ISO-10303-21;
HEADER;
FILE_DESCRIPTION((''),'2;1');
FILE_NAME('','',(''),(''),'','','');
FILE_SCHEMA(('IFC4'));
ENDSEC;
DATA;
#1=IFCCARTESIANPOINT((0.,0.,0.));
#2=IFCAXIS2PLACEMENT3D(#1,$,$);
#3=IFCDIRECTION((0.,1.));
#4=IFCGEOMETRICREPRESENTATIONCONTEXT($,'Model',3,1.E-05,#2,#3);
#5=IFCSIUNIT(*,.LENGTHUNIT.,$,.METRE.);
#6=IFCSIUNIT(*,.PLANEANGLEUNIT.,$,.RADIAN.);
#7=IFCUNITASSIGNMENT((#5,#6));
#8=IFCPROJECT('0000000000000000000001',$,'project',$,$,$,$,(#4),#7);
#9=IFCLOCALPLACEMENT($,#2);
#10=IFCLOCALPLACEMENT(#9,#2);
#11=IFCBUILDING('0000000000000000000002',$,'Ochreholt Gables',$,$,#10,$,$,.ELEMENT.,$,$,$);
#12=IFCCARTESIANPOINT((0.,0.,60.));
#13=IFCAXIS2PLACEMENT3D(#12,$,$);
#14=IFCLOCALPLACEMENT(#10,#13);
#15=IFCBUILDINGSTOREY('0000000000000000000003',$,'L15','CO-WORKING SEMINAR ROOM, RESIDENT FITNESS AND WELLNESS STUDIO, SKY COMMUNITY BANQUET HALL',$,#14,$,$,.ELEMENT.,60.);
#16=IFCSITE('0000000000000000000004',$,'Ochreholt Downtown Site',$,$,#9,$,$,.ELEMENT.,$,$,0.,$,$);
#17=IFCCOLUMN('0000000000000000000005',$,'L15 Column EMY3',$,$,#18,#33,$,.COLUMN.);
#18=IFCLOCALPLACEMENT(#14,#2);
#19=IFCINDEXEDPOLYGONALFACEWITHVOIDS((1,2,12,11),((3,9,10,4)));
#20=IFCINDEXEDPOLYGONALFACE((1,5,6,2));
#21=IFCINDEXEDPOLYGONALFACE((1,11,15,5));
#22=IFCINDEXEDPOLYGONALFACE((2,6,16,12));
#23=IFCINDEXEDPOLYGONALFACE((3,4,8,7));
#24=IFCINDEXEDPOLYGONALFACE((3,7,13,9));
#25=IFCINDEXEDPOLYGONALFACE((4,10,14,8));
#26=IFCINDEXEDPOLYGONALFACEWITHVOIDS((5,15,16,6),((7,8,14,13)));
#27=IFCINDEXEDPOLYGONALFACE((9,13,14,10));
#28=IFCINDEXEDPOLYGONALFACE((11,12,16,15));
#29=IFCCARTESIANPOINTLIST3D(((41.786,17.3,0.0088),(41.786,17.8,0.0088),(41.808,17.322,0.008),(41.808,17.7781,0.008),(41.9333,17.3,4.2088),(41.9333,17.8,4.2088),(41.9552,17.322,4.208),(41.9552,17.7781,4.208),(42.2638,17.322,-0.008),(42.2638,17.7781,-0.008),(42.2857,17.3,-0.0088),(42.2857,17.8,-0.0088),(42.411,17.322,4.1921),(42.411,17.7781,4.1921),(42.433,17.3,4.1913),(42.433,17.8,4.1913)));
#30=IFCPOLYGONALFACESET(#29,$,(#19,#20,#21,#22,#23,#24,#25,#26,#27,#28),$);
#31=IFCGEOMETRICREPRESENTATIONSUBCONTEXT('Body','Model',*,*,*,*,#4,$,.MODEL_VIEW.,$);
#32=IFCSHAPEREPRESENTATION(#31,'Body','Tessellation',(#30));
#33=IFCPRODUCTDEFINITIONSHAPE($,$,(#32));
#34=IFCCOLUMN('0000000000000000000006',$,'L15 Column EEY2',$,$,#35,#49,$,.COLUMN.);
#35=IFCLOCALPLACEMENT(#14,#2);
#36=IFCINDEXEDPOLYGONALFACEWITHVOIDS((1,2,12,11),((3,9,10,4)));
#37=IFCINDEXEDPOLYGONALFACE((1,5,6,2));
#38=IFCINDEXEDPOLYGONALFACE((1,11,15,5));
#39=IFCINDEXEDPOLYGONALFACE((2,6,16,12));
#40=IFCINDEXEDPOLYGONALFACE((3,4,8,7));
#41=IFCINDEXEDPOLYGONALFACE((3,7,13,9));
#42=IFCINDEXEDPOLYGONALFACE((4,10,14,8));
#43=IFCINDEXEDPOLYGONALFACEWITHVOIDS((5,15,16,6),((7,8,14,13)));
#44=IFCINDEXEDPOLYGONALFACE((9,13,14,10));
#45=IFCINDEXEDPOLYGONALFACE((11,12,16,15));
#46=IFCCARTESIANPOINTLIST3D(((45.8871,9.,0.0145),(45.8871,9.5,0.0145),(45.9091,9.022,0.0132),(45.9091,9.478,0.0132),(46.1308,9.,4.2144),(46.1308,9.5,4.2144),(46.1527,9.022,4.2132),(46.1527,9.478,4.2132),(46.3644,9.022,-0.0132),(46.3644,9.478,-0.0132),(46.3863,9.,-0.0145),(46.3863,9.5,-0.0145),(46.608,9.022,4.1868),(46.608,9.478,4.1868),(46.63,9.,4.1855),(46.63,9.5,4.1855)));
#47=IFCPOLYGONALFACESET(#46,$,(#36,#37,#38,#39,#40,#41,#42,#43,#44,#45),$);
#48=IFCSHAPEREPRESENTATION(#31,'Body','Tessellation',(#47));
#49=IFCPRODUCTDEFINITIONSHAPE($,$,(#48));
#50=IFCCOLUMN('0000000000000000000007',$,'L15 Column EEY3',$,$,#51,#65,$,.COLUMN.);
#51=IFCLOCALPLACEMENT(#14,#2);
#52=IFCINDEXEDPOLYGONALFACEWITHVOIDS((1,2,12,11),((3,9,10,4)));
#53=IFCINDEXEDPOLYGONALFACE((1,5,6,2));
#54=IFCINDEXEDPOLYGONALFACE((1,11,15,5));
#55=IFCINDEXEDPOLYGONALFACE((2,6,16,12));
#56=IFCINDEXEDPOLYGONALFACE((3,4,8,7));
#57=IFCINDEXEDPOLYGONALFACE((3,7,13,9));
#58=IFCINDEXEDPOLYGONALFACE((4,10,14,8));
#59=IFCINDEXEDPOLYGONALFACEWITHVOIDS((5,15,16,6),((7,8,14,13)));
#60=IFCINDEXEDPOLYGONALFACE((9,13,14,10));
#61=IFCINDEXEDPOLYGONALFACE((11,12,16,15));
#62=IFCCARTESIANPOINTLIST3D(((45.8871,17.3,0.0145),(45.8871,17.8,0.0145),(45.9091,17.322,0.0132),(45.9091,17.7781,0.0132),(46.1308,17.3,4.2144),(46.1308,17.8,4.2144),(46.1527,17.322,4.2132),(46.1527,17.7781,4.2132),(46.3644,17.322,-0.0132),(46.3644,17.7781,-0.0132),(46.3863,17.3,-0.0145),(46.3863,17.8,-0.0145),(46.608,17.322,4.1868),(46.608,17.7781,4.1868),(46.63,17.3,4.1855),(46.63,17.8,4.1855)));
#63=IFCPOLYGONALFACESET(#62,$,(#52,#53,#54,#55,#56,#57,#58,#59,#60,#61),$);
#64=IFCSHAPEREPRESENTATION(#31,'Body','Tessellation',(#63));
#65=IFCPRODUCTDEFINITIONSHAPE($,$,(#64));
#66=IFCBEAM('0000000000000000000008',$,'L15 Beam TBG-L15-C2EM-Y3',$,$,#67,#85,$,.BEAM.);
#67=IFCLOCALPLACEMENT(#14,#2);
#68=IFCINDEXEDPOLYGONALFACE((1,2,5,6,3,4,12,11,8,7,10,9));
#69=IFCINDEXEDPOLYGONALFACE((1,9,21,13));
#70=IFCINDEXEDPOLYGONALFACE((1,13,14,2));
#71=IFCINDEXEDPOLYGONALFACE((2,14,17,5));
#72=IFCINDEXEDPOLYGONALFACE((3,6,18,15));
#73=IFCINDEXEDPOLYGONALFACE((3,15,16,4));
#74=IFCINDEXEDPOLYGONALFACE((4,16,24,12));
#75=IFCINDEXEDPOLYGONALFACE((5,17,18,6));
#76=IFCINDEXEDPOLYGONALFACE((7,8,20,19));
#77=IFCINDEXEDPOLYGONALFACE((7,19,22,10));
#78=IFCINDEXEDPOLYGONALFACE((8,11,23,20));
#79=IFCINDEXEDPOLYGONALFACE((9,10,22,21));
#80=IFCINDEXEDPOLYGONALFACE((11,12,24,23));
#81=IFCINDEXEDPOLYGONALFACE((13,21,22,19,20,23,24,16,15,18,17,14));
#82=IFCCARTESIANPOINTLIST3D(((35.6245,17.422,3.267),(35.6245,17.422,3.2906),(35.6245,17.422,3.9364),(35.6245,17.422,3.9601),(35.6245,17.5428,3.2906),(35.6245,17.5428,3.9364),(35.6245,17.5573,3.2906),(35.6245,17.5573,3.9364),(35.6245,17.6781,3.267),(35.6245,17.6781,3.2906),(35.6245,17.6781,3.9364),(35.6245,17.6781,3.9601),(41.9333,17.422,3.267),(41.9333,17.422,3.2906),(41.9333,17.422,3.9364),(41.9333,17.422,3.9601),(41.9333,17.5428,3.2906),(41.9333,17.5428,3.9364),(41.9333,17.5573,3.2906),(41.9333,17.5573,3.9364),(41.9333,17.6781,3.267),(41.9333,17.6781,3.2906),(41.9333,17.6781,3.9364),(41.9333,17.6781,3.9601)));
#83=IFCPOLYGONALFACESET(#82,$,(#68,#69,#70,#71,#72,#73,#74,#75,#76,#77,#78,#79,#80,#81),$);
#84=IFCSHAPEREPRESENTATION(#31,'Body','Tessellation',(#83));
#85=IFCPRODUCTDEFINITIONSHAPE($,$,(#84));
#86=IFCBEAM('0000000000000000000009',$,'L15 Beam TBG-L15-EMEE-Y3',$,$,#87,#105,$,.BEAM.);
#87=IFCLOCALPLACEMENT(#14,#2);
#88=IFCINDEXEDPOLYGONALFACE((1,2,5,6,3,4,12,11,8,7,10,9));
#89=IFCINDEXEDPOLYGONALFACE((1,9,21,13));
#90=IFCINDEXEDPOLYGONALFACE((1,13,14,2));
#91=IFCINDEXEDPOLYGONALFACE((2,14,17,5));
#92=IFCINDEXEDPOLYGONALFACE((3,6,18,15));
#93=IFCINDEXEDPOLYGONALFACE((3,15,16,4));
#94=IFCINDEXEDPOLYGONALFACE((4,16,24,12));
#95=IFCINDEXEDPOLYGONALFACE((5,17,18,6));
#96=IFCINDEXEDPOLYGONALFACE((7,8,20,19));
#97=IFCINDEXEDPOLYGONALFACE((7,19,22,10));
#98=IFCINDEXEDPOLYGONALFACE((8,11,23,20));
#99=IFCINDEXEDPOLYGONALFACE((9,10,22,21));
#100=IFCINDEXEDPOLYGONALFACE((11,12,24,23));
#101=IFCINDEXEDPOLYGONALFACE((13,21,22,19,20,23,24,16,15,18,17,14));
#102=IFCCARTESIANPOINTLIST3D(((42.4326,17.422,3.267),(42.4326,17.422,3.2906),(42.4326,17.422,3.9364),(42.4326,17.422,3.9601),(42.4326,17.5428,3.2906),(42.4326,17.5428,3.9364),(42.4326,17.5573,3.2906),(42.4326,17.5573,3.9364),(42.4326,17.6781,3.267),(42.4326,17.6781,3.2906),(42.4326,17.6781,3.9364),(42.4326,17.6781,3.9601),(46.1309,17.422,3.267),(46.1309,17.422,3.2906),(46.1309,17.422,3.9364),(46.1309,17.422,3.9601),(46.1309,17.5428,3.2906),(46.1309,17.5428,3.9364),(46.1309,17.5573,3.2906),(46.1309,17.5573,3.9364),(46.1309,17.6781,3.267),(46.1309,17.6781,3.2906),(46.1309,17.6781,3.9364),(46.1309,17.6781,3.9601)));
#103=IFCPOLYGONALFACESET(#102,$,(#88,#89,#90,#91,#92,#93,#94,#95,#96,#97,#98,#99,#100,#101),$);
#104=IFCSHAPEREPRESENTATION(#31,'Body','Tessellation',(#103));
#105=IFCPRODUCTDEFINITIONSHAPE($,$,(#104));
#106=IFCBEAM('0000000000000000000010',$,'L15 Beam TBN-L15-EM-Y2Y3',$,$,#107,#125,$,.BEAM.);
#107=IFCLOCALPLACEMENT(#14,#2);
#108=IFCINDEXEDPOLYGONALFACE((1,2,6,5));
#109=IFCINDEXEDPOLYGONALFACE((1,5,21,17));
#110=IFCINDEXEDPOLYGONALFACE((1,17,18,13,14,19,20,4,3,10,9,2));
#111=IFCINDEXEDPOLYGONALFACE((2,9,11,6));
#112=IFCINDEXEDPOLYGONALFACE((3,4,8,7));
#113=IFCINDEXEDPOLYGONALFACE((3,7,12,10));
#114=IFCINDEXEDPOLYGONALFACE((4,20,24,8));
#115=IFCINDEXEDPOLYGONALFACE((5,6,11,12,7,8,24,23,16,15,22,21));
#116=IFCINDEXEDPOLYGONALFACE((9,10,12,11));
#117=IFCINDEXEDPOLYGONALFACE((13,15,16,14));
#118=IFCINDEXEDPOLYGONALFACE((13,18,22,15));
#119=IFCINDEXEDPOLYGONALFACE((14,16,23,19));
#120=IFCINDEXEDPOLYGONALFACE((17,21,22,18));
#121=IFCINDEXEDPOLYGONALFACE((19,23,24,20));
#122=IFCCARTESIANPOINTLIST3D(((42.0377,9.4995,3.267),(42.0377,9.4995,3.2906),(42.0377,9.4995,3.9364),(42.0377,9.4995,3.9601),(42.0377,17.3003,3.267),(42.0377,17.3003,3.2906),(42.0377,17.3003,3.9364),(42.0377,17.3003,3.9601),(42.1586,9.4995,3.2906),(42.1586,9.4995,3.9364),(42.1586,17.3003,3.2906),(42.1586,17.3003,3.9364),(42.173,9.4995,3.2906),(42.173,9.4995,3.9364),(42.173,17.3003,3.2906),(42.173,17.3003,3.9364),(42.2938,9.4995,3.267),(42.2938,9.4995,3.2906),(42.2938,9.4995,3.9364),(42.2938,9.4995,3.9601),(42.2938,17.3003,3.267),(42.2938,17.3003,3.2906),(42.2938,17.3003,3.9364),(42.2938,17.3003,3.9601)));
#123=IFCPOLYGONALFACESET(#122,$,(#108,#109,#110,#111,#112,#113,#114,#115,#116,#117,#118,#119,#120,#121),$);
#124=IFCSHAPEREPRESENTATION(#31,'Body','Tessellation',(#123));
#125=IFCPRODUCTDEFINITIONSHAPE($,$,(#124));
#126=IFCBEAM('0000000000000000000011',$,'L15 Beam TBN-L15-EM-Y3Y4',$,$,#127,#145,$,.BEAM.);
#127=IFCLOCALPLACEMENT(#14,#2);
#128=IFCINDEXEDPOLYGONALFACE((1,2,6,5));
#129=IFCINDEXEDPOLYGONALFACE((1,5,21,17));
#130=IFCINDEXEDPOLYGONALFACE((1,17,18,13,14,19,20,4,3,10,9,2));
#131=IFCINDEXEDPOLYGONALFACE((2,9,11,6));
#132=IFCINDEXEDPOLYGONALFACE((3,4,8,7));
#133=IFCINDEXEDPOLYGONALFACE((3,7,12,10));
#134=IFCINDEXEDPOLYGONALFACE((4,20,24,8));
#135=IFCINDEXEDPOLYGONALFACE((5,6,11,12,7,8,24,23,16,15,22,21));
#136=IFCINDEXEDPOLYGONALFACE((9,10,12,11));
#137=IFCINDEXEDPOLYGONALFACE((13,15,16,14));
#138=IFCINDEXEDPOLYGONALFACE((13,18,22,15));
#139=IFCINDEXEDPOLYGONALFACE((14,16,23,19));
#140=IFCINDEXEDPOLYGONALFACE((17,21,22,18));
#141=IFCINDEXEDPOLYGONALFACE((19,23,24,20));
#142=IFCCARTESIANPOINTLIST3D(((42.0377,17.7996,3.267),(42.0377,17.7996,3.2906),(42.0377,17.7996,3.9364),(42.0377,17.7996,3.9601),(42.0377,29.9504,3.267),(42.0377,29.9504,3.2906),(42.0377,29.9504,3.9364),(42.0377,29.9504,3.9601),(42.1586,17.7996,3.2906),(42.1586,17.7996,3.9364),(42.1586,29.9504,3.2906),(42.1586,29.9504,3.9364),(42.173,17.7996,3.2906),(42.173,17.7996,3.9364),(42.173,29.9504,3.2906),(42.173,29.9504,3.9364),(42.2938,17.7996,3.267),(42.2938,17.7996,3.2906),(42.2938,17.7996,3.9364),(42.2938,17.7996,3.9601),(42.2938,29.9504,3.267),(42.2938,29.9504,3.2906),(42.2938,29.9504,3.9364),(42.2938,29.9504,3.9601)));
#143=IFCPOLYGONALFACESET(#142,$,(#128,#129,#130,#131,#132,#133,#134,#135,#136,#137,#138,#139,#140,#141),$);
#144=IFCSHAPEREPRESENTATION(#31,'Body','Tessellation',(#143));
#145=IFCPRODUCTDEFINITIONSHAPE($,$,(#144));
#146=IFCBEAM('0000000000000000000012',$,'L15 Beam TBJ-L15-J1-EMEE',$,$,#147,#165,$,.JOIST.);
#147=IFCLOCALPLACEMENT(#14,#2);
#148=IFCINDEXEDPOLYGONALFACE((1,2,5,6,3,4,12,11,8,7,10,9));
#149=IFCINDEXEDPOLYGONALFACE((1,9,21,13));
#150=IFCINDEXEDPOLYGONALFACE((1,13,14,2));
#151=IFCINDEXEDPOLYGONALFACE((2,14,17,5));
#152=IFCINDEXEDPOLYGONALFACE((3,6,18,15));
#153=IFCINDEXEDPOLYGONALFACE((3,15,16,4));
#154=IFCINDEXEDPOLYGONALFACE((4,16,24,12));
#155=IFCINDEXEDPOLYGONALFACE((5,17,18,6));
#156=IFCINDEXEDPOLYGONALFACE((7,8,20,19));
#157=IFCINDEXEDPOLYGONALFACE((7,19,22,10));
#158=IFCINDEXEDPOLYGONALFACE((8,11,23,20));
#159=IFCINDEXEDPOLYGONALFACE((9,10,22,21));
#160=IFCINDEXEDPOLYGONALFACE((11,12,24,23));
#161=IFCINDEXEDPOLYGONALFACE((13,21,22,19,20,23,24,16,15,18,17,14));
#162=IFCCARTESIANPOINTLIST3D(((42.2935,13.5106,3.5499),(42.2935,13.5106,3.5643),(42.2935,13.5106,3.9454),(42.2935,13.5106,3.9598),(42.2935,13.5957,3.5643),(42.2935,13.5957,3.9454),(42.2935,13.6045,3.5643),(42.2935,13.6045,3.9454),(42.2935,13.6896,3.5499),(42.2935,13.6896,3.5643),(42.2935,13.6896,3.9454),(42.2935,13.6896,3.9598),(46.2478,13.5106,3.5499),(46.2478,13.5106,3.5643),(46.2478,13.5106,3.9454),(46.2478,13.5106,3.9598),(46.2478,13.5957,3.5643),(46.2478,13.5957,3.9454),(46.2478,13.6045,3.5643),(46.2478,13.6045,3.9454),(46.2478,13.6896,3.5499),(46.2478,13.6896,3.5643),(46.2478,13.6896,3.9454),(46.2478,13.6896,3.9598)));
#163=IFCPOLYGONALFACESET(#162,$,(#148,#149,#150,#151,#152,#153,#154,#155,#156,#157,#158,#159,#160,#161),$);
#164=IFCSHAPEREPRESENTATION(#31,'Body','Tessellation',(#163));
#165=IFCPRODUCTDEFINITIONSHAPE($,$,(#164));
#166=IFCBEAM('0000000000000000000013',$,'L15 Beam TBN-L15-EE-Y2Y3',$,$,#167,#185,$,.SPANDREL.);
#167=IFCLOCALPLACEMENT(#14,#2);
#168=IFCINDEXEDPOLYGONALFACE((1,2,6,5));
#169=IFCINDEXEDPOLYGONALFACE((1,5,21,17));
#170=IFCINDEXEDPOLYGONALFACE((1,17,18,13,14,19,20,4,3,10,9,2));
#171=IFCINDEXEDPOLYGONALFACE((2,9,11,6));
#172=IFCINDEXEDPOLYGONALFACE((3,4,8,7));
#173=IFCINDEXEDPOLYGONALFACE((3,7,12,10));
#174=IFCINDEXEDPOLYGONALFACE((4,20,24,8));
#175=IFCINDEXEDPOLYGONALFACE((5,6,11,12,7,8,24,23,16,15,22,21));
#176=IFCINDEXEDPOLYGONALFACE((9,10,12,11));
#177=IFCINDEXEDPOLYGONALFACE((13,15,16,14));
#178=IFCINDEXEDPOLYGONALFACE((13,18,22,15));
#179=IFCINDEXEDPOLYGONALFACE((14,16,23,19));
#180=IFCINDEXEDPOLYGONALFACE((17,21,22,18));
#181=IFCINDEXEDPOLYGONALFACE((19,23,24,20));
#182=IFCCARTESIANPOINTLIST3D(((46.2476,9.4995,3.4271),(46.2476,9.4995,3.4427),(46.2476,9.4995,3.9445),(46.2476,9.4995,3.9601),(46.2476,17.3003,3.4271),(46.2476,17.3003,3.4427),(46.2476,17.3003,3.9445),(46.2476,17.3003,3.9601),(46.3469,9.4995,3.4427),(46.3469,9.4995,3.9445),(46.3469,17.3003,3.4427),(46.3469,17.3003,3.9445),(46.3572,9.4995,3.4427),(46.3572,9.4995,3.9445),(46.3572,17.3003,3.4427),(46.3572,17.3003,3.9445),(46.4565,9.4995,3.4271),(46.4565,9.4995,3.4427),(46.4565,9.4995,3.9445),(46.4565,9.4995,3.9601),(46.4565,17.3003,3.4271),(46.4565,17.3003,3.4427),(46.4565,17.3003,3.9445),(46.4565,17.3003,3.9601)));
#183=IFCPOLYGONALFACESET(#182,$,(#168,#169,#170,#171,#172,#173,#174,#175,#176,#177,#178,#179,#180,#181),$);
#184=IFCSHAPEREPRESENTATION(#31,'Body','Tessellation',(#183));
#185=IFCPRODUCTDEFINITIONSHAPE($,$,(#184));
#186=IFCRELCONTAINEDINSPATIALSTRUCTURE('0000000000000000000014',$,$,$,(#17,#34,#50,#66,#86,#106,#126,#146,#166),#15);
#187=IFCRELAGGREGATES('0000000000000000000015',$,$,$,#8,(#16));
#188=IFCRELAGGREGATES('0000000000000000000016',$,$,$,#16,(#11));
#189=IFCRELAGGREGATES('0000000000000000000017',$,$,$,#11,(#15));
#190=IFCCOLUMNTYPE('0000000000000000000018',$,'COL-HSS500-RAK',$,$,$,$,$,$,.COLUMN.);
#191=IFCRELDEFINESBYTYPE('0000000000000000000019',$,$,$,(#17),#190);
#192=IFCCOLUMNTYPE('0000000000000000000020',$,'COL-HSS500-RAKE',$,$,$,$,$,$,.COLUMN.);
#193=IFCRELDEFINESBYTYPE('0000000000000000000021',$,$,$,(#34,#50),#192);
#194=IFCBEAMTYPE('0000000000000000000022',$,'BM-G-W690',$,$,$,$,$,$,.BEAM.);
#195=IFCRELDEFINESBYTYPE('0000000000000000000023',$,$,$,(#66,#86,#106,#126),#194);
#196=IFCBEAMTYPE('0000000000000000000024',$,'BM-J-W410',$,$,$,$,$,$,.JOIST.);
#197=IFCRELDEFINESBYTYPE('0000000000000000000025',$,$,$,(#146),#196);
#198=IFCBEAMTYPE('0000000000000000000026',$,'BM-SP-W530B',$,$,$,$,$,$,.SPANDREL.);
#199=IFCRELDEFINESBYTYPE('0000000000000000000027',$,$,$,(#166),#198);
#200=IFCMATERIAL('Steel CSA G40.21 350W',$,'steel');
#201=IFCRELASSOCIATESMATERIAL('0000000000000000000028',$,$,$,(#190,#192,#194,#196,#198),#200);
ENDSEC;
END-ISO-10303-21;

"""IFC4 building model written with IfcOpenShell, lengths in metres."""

from ifc_helpers import new_model, si_unit, direction, frame, origin, origin_2d, place, context, subcontext, project, spatial, hollow_rectangle, i_section, extrude, material, material_profile, profile_set, type_object, element, save


model = new_model("IFC4")

# Units and contexts
model_context = context("Model", 3, precision=1e-05, world=origin(), true_north=direction((0.0, 1.0)))
body_context = subcontext(model_context, "Body", "Model", "MODEL_VIEW")
ifc_project = project(units=[si_unit("LENGTHUNIT", "METRE"), si_unit("PLANEANGLEUNIT", "RADIAN")], contexts=[model_context])

# Site, building, storey
site_placement = place(None, origin())
site = spatial("IfcSite", under=ifc_project, at=site_placement, Name="Ochreholt Downtown Site", CompositionType="ELEMENT", RefElevation=0.0)
building_placement = place(site_placement, origin())
building = spatial("IfcBuilding", under=site, at=building_placement, Name="Ochreholt Gables", CompositionType="ELEMENT")
storey_placement = place(building_placement, frame((0.0, 0.0, 60.0)))
storey = spatial("IfcBuildingStorey", under=building, at=storey_placement, Name="L15", Description="CO-WORKING SEMINAR ROOM, RESIDENT FITNESS AND WELLNESS STUDIO, SKY COMMUNITY BANQUET HALL", CompositionType="ELEMENT", Elevation=60.0)

# Columns
ifc_material_1 = material(Name="Steel CSA G40.21 350W", Category="steel")
ifc_material_profile_1 = material_profile(ifc_material_1, hollow_rectangle(XDim=0.5, YDim=0.5, WallThickness=0.022, at=origin_2d()), Name="HSS500X500X22")
ifc_profile_set_1 = profile_set([ifc_material_profile_1], Name="Steel CSA G40.21 350W")
column_type_1 = type_object("IfcColumnType", Name="COL-HSS500-RAK", PredefinedType="COLUMN", material=ifc_profile_set_1)
column_placement = place(storey_placement, frame((42.0359, 17.55, 0.0), z_axis=(0.035031, 0.0, 0.999386), x_axis=(0.0, 1.0, 0.0)))
element("IfcColumn", 1, at=column_placement, inside=storey, type_object=column_type_1, Name="L15 Column EMY3", PredefinedType="COLUMN", context=body_context, shape_type="SweptSolid", body=[
    extrude(hollow_rectangle(XDim=0.5, YDim=0.5, WallThickness=0.022, at=origin_2d()), origin(), (0.0, 0.0, 1.0), 4.2026),
])
ifc_material_profile_2 = material_profile(ifc_material_1, hollow_rectangle(XDim=0.5, YDim=0.5, WallThickness=0.022, at=origin_2d()), Name="HSS500X500X22")
ifc_profile_set_2 = profile_set([ifc_material_profile_2], Name="Steel CSA G40.21 350W")
column_type_2 = type_object("IfcColumnType", Name="COL-HSS500-RAKE", PredefinedType="COLUMN", material=ifc_profile_set_2)
for number, where, z_axis, x_axis, name in (
    (2, (46.1367, 9.25, 0.0), (0.057916, 0.0, 0.998321), (0.0, 1.0, 0.0), "L15 Column EEY2"),
    (3, (46.1367, 17.55, 0.0), (0.057916, 0.0, 0.998321), (0.0, 1.0, 0.0), "L15 Column EEY3"),
):
    element("IfcColumn", number, at=place(storey_placement, frame(where, z_axis=z_axis, x_axis=x_axis)), inside=storey, type_object=column_type_2, Name=name, PredefinedType="COLUMN", context=body_context, shape_type="SweptSolid", body=[
        extrude(hollow_rectangle(XDim=0.5, YDim=0.5, WallThickness=0.022, at=origin_2d()), origin(), (0.0, 0.0, 1.0), 4.207),
    ])

# Beams
ifc_material_profile_3 = material_profile(ifc_material_1, i_section(OverallWidth=0.2561, OverallDepth=0.6931, WebThickness=0.0144, FlangeThickness=0.0237, at=origin_2d()), Name="W690X170")
ifc_profile_set_3 = profile_set([ifc_material_profile_3], Name="Steel CSA G40.21 350W")
beam_type_1 = type_object("IfcBeamType", Name="BM-G-W690", PredefinedType="BEAM", material=ifc_profile_set_3)
beam_1_placement = place(storey_placement, frame((35.6245, 17.55, 3.6135), z_axis=(1.0, 0.0, 0.0), x_axis=(0.0, 1.0, 0.0)))
element("IfcBeam", 4, at=beam_1_placement, inside=storey, type_object=beam_type_1, Name="L15 Beam TBG-L15-C2EM-Y3", PredefinedType="BEAM", context=body_context, shape_type="SweptSolid", body=[
    extrude(i_section(OverallWidth=0.2561, OverallDepth=0.6931, WebThickness=0.0144, FlangeThickness=0.0237, at=origin_2d()), origin(), (0.0, 0.0, 1.0), 6.3088),
])
beam_2_placement = place(storey_placement, frame((42.4326, 17.55, 3.6135), z_axis=(1.0, 0.0, 0.0), x_axis=(0.0, 1.0, 0.0)))
element("IfcBeam", 5, at=beam_2_placement, inside=storey, type_object=beam_type_1, Name="L15 Beam TBG-L15-EMEE-Y3", PredefinedType="BEAM", context=body_context, shape_type="SweptSolid", body=[
    extrude(i_section(OverallWidth=0.2561, OverallDepth=0.6931, WebThickness=0.0144, FlangeThickness=0.0237, at=origin_2d()), origin(), (0.0, 0.0, 1.0), 3.6982),
])
beam_3_placement = place(storey_placement, frame((42.1658, 9.4995, 3.6135), z_axis=(0.0, 1.0, 0.0), x_axis=(-1.0, 0.0, 0.0)))
element("IfcBeam", 6, at=beam_3_placement, inside=storey, type_object=beam_type_1, Name="L15 Beam TBN-L15-EM-Y2Y3", PredefinedType="BEAM", context=body_context, shape_type="SweptSolid", body=[
    extrude(i_section(OverallWidth=0.2561, OverallDepth=0.6931, WebThickness=0.0144, FlangeThickness=0.0237, at=origin_2d()), origin(), (0.0, 0.0, 1.0), 7.8008),
])
beam_4_placement = place(storey_placement, frame((42.1658, 17.7996, 3.6135), z_axis=(0.0, 1.0, 0.0), x_axis=(-1.0, 0.0, 0.0)))
element("IfcBeam", 7, at=beam_4_placement, inside=storey, type_object=beam_type_1, Name="L15 Beam TBN-L15-EM-Y3Y4", PredefinedType="BEAM", context=body_context, shape_type="SweptSolid", body=[
    extrude(i_section(OverallWidth=0.2561, OverallDepth=0.6931, WebThickness=0.0144, FlangeThickness=0.0237, at=origin_2d()), origin(), (0.0, 0.0, 1.0), 12.1509),
])
ifc_material_profile_4 = material_profile(ifc_material_1, i_section(OverallWidth=0.179, OverallDepth=0.4099, WebThickness=0.0088, FlangeThickness=0.0144, at=origin_2d()), Name="W410X67")
ifc_profile_set_4 = profile_set([ifc_material_profile_4], Name="Steel CSA G40.21 350W")
beam_type_2 = type_object("IfcBeamType", Name="BM-J-W410", PredefinedType="JOIST", material=ifc_profile_set_4)
beam_5_placement = place(storey_placement, frame((42.2935, 13.6001, 3.7549), z_axis=(1.0, 0.0, 0.0), x_axis=(0.0, 1.0, 0.0)))
element("IfcBeam", 8, at=beam_5_placement, inside=storey, type_object=beam_type_2, Name="L15 Beam TBJ-L15-J1-EMEE", PredefinedType="JOIST", context=body_context, shape_type="SweptSolid", body=[
    extrude(i_section(OverallWidth=0.179, OverallDepth=0.4099, WebThickness=0.0088, FlangeThickness=0.0144, at=origin_2d()), origin(), (0.0, 0.0, 1.0), 3.9543),
])
ifc_material_profile_5 = material_profile(ifc_material_1, i_section(OverallWidth=0.209, OverallDepth=0.533, WebThickness=0.0103, FlangeThickness=0.0156, at=origin_2d()), Name="W530X92")
ifc_profile_set_5 = profile_set([ifc_material_profile_5], Name="Steel CSA G40.21 350W")
beam_type_3 = type_object("IfcBeamType", Name="BM-SP-W530B", PredefinedType="SPANDREL", material=ifc_profile_set_5)
beam_6_placement = place(storey_placement, frame((46.3521, 9.4995, 3.6936), z_axis=(0.0, 1.0, 0.0), x_axis=(-1.0, 0.0, 0.0)))
element("IfcBeam", 9, at=beam_6_placement, inside=storey, type_object=beam_type_3, Name="L15 Beam TBN-L15-EE-Y2Y3", PredefinedType="SPANDREL", context=body_context, shape_type="SweptSolid", body=[
    extrude(i_section(OverallWidth=0.209, OverallDepth=0.533, WebThickness=0.0103, FlangeThickness=0.0156, at=origin_2d()), origin(), (0.0, 0.0, 1.0), 7.8008),
])

save(model, "model.ifc")
